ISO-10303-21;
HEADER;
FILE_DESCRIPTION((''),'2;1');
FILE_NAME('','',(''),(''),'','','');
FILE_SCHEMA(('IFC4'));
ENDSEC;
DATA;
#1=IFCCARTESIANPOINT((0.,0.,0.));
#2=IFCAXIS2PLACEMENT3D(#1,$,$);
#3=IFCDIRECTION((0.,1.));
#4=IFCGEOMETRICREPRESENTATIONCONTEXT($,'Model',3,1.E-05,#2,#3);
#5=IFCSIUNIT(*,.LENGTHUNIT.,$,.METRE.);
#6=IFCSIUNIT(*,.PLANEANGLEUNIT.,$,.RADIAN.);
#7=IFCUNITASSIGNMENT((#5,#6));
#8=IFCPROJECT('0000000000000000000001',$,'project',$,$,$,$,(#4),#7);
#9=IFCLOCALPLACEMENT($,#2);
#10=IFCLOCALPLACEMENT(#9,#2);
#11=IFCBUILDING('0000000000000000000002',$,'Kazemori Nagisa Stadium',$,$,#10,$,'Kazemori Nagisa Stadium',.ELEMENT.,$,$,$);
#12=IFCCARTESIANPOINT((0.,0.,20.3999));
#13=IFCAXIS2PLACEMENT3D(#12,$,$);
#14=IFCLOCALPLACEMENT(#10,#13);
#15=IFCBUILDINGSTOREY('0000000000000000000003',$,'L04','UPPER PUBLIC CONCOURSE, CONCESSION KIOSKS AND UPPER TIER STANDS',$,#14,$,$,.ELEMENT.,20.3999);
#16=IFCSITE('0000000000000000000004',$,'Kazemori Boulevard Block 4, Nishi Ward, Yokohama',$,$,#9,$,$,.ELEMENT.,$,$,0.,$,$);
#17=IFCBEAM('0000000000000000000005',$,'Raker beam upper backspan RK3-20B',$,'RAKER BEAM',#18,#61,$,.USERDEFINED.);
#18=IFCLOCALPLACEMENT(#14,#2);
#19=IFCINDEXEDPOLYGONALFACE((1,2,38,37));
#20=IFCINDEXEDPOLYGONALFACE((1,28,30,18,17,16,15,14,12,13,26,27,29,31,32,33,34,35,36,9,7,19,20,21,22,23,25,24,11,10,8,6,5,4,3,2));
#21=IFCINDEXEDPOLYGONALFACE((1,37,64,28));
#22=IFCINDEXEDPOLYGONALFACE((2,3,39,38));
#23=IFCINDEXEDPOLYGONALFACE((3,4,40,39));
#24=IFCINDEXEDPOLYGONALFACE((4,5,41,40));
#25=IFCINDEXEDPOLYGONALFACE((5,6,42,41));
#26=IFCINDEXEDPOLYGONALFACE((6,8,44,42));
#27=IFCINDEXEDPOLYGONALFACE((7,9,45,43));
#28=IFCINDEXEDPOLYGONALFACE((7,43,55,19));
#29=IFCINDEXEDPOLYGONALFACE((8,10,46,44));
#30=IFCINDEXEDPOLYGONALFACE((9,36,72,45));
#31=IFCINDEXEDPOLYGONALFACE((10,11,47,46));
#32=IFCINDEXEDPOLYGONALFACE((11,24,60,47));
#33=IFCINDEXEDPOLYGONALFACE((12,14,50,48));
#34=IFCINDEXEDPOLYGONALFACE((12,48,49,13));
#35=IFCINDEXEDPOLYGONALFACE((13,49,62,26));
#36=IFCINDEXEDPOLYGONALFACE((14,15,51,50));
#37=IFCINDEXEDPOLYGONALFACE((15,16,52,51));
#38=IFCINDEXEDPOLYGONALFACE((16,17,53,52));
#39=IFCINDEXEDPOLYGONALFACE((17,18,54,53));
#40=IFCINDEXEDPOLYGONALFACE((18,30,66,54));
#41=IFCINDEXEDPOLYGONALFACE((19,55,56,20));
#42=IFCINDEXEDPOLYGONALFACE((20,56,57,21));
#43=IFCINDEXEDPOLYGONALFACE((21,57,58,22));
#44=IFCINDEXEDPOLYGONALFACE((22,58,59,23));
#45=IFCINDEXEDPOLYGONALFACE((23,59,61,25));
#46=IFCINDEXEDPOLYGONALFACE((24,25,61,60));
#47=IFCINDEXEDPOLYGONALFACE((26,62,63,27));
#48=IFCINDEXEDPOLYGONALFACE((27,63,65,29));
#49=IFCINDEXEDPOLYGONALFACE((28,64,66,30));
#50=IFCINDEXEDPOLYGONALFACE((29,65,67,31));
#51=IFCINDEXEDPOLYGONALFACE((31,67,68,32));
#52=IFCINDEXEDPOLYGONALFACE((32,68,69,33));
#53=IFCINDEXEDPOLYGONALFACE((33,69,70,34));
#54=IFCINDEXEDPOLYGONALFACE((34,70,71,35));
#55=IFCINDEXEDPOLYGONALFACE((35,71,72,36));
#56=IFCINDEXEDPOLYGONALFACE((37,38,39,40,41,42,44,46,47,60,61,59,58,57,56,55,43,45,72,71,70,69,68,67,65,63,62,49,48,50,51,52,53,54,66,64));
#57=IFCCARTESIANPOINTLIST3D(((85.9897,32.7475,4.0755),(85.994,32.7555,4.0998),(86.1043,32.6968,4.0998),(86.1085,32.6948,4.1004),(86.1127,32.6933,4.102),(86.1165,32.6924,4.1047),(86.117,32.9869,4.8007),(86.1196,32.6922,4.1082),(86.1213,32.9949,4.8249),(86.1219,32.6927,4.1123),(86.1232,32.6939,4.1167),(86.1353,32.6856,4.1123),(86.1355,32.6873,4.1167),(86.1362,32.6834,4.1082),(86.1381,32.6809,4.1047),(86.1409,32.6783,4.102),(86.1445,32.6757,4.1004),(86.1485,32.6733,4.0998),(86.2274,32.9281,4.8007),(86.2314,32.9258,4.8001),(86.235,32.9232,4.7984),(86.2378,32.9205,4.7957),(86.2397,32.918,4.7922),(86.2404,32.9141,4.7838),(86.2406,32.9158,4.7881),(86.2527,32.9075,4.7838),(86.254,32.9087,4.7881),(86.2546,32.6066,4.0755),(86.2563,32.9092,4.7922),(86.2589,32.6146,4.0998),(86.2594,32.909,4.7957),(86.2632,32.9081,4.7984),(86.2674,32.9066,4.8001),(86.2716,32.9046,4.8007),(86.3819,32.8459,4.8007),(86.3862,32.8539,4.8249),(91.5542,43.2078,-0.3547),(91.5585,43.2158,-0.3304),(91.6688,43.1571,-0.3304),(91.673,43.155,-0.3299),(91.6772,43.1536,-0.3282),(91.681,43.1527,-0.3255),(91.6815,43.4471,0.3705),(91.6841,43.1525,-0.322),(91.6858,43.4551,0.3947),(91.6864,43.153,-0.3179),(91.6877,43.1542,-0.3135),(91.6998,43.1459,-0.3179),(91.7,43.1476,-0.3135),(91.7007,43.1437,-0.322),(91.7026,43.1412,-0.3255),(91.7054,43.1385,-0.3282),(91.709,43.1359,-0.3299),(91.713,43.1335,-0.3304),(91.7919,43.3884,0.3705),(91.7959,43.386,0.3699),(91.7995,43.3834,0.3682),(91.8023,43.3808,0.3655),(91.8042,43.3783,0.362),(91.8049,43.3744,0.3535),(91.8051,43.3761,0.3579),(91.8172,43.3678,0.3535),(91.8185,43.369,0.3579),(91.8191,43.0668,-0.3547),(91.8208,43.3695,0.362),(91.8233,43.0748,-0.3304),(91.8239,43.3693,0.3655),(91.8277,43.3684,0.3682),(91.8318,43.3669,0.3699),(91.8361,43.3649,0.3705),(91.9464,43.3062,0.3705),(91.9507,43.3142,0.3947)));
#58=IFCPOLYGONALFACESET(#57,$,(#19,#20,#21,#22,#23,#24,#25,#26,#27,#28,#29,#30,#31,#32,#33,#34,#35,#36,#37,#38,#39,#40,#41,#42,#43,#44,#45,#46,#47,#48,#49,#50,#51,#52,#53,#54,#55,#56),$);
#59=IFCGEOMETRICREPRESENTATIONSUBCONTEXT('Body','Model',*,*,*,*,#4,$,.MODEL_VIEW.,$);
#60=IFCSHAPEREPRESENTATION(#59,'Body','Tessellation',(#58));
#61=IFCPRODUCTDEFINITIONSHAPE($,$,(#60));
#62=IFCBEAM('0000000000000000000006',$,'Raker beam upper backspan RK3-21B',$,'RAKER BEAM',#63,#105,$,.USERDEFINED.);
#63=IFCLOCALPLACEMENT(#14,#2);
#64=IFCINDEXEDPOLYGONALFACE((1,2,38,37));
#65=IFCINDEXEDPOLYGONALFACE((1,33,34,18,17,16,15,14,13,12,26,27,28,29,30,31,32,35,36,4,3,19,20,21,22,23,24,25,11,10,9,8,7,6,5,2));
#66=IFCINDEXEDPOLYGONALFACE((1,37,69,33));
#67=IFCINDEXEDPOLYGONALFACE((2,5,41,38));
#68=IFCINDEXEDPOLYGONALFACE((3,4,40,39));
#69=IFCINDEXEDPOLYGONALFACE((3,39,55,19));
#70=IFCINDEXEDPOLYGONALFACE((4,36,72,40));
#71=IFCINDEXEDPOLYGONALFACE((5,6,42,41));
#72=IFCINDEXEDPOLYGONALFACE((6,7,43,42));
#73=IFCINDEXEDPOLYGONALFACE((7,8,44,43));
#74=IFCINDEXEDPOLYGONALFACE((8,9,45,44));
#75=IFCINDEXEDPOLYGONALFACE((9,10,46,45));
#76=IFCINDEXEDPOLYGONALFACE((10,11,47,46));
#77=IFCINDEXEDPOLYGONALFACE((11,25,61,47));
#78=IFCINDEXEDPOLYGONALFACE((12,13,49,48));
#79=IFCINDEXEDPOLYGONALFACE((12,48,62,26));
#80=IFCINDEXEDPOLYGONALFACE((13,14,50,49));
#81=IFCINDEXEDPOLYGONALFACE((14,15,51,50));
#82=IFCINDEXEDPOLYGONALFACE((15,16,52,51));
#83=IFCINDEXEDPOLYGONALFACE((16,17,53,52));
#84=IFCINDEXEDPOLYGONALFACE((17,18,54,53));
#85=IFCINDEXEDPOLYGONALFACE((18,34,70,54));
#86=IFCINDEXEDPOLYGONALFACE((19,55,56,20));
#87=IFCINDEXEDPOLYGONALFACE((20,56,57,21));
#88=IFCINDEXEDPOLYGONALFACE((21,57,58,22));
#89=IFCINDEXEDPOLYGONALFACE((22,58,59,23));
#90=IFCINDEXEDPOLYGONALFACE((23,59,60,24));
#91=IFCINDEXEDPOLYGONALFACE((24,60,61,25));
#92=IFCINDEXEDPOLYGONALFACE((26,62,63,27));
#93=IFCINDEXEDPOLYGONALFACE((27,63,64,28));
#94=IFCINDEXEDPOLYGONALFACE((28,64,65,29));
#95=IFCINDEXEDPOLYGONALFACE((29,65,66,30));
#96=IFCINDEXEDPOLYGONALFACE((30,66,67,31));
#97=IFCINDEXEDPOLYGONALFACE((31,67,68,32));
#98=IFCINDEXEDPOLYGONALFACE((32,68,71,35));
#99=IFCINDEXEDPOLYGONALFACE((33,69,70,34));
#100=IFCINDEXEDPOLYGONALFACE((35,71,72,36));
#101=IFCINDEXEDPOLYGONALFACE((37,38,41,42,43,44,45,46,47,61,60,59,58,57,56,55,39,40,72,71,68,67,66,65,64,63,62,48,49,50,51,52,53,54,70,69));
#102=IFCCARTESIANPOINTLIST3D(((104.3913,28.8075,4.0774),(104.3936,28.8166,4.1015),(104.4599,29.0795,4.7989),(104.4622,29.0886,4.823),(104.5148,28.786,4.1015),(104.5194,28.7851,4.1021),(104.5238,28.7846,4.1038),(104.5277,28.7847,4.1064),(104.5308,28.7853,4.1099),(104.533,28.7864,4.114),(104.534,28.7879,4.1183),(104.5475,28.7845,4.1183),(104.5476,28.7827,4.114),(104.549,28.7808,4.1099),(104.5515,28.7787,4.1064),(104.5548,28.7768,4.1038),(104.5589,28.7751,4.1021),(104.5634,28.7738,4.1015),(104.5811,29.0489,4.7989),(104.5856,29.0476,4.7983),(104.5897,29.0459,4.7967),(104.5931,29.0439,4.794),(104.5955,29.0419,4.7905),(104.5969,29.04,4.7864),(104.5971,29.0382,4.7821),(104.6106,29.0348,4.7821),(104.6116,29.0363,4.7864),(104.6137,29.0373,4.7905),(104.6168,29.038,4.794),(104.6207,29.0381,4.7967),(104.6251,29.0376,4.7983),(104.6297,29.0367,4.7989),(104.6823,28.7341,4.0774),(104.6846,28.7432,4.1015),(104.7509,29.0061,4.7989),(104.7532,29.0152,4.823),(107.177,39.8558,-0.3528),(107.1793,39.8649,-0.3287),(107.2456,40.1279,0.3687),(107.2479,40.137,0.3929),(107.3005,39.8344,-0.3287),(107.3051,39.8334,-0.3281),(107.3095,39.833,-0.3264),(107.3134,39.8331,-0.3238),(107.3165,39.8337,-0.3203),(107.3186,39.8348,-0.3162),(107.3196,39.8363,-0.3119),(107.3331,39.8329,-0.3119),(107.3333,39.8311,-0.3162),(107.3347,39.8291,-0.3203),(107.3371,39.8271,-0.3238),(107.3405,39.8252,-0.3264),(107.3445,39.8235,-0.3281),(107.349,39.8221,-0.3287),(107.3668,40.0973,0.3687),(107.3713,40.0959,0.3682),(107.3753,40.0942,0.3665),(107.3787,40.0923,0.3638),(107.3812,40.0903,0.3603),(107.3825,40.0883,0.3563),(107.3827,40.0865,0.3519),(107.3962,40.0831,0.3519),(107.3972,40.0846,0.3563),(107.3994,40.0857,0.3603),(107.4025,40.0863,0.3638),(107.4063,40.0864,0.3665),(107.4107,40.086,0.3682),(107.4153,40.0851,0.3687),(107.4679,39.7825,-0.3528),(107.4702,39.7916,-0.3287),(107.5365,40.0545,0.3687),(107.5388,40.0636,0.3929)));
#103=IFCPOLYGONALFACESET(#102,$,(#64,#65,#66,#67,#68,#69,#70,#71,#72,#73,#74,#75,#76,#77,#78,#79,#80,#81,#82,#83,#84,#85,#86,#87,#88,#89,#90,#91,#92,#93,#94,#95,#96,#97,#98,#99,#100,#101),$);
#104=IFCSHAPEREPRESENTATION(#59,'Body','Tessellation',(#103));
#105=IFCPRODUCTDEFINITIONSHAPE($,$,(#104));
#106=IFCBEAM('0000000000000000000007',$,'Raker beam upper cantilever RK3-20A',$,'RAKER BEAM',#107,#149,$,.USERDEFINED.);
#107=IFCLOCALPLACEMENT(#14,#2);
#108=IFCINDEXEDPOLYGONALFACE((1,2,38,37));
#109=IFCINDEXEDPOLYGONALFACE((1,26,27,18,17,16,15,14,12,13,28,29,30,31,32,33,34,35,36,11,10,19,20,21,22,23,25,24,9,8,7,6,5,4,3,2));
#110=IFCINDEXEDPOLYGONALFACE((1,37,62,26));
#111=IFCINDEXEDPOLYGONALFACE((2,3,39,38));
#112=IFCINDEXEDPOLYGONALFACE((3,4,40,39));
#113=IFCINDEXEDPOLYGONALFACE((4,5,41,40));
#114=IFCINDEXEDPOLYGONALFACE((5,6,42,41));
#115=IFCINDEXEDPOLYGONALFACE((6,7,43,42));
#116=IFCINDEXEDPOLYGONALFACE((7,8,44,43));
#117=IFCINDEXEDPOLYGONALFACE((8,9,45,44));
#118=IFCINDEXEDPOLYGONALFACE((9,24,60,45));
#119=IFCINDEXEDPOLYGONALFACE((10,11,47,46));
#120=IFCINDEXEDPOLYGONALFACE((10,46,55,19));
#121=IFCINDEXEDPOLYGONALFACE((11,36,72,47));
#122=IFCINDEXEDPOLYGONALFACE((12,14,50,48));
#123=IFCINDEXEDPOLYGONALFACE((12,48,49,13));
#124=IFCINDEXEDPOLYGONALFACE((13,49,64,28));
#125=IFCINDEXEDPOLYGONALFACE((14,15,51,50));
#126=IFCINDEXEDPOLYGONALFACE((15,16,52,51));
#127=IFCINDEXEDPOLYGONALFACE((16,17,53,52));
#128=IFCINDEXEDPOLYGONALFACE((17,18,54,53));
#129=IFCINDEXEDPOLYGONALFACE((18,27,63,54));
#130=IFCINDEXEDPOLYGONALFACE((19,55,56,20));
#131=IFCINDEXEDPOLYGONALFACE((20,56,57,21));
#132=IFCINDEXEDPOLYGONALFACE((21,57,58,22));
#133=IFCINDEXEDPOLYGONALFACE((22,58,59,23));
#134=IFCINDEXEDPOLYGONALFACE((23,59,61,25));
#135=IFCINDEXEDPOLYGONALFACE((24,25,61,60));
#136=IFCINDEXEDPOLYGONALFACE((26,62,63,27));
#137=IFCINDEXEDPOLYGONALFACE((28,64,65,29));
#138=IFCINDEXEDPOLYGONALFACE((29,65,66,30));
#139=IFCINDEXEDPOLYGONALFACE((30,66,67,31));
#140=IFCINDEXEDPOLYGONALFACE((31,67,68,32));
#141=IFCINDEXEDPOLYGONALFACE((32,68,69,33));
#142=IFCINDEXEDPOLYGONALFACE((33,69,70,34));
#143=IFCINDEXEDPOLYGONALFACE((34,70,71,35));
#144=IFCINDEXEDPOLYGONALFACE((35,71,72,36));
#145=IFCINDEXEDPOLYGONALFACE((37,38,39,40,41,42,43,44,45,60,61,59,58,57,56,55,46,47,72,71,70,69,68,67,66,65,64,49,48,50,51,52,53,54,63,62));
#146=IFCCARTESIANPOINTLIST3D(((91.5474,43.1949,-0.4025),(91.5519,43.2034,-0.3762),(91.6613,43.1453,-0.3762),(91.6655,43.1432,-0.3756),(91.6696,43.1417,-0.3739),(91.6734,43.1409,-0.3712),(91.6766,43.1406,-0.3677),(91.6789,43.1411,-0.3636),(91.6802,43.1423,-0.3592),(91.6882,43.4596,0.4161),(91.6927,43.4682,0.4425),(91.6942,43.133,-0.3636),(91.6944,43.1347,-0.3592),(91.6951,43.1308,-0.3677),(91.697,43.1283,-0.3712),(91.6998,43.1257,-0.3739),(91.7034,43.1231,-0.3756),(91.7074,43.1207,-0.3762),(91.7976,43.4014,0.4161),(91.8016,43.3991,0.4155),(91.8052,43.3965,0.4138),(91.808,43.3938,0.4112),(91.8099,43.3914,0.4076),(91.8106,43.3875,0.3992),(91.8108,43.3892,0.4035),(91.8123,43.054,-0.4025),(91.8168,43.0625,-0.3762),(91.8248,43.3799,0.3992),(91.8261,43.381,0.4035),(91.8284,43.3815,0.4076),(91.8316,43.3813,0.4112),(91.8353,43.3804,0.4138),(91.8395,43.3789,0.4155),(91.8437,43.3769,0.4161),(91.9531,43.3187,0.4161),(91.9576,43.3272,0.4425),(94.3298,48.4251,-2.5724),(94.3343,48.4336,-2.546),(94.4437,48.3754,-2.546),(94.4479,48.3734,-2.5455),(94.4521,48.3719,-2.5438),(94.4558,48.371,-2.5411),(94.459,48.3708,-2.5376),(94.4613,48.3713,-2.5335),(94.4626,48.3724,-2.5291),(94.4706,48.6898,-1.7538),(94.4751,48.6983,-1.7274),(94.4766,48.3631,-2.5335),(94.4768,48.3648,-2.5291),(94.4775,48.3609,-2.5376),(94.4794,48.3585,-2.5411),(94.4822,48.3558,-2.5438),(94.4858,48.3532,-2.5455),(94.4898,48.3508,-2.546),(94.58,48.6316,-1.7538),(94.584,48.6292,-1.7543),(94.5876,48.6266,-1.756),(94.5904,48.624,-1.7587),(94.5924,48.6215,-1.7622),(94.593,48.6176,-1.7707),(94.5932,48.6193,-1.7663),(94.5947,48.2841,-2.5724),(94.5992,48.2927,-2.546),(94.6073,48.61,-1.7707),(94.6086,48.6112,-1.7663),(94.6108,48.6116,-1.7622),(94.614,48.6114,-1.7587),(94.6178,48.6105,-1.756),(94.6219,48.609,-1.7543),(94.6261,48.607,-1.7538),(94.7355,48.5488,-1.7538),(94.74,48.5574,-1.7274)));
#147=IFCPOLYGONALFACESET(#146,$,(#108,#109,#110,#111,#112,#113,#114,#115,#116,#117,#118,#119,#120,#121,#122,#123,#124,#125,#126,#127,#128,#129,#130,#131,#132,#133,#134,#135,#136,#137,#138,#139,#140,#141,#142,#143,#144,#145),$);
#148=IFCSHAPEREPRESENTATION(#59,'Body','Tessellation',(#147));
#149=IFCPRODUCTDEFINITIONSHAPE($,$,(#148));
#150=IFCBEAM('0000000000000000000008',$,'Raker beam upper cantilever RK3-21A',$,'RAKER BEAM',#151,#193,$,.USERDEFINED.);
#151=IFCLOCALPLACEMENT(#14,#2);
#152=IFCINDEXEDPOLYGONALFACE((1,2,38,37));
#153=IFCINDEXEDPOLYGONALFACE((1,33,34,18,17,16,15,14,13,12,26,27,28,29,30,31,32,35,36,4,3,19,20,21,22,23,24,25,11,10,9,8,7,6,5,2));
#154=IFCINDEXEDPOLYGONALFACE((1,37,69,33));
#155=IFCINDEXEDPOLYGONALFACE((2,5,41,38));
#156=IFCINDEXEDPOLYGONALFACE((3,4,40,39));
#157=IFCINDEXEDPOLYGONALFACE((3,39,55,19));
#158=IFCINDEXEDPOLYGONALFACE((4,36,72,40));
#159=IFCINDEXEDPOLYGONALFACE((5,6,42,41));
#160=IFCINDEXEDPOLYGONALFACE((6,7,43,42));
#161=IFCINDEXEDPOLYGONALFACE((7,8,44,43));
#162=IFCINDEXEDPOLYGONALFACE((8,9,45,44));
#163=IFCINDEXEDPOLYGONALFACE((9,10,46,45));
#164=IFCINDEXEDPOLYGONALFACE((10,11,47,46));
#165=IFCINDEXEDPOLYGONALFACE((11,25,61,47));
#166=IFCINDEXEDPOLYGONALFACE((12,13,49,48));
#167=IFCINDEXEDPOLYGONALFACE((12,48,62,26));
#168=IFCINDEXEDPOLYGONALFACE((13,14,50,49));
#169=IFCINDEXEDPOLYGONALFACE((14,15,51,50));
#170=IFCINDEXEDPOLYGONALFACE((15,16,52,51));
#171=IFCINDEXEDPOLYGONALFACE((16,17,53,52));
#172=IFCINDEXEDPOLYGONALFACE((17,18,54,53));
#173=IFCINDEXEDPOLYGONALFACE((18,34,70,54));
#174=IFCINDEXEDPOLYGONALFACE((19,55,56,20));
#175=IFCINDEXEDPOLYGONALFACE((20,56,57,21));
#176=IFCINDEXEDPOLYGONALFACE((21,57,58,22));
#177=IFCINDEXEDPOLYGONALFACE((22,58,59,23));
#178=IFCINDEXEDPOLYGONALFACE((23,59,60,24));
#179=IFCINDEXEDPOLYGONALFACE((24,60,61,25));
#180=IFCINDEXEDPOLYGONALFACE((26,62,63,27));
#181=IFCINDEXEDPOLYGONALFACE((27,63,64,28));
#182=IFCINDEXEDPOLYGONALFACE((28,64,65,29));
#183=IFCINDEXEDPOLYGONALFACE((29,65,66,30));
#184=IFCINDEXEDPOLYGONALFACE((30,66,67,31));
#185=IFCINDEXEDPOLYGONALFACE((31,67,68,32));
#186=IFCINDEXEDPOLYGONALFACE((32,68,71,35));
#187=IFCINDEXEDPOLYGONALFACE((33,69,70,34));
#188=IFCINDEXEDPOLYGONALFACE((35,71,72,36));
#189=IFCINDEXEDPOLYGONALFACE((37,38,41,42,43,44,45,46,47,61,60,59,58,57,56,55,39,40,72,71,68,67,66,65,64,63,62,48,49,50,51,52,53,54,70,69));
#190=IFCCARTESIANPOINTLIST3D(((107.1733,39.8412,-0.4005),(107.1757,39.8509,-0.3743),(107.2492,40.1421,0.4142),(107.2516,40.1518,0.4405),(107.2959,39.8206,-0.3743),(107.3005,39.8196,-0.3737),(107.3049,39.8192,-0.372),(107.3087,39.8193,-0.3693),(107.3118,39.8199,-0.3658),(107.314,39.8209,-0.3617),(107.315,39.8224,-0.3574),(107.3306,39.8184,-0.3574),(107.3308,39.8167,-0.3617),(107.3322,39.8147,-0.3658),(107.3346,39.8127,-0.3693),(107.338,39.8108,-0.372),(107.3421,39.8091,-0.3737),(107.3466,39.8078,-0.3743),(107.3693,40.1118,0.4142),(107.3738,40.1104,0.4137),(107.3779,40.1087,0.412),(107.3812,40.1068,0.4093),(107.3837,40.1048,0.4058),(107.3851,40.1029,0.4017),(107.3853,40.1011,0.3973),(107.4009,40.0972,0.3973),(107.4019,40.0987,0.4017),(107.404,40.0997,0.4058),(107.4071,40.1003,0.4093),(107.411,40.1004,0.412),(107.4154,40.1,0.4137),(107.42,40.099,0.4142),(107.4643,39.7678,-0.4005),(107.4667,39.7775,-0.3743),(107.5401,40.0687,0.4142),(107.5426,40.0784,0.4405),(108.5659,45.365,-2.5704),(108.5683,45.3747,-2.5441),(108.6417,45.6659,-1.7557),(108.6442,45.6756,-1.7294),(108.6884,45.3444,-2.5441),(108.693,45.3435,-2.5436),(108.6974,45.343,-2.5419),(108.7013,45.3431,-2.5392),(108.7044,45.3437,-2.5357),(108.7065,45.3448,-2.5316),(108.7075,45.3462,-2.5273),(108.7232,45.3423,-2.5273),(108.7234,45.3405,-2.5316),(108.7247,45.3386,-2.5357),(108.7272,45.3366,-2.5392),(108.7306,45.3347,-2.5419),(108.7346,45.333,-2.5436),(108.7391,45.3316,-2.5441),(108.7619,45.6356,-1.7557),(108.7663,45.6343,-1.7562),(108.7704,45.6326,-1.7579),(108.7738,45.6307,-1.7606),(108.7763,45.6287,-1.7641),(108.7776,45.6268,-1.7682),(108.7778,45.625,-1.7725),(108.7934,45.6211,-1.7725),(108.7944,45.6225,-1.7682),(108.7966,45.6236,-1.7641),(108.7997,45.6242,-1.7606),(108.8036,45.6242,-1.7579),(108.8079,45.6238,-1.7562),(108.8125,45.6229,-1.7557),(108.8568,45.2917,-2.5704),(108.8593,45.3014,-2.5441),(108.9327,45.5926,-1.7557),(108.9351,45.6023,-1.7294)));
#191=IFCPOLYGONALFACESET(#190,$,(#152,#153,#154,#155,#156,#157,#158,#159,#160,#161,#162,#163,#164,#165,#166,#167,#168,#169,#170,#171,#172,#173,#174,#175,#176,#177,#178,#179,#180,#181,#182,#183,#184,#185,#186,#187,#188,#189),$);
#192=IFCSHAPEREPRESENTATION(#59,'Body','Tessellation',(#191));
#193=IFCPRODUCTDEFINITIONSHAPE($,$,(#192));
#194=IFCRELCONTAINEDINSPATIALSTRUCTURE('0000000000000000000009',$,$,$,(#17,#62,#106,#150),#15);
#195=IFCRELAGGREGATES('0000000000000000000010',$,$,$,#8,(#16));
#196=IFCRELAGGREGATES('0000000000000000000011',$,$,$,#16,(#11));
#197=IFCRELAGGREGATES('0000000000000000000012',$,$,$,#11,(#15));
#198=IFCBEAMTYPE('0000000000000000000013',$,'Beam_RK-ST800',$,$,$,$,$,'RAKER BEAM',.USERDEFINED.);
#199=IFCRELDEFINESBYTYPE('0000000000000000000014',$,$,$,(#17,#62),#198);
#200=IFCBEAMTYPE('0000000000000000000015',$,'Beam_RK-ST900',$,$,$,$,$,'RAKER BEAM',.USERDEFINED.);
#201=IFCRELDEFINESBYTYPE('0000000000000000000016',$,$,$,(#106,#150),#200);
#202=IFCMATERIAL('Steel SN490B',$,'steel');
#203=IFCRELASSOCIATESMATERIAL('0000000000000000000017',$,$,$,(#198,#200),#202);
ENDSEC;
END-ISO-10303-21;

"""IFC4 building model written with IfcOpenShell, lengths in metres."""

from ifc_helpers import new_model, si_unit, direction, frame, origin, origin_2d, place, context, subcontext, project, spatial, i_section, extrude, material, material_profile, profile_set, type_object, element, save


model = new_model("IFC4")

# Units and contexts
model_context = context("Model", 3, precision=1e-05, world=origin(), true_north=direction((0.0, 1.0)))
body_context = subcontext(model_context, "Body", "Model", "MODEL_VIEW")
ifc_project = project(units=[si_unit("LENGTHUNIT", "METRE"), si_unit("PLANEANGLEUNIT", "RADIAN")], contexts=[model_context])

# Site, building, storey
site_placement = place(None, origin())
site = spatial("IfcSite", under=ifc_project, at=site_placement, Name="Kazemori Boulevard Block 4, Nishi Ward, Yokohama", CompositionType="ELEMENT", RefElevation=0.0)
building_placement = place(site_placement, origin())
building = spatial("IfcBuilding", under=site, at=building_placement, Name="Kazemori Nagisa Stadium", LongName="Kazemori Nagisa Stadium", CompositionType="ELEMENT")
storey_placement = place(building_placement, frame((0.0, 0.0, 20.3999)))
storey = spatial("IfcBuildingStorey", under=building, at=storey_placement, Name="L04", Description="UPPER PUBLIC CONCOURSE, CONCESSION KIOSKS AND UPPER TIER STANDS", CompositionType="ELEMENT", Elevation=20.3999)

# Beams
ifc_material_1 = material(Name="Steel SN490B", Category="steel")
ifc_material_profile_1 = material_profile(ifc_material_1, i_section(OverallWidth=0.3, OverallDepth=0.8, WebThickness=0.0139, FlangeThickness=0.0259, FilletRadius=0.0181, at=origin_2d()), Name="H-800x300x14x26")
ifc_profile_set_1 = profile_set([ifc_material_profile_1], Name="Steel SN490B")
beam_type_1 = type_object("IfcBeamType", Name="Beam_RK-ST800", ElementType="RAKER BEAM", PredefinedType="USERDEFINED", material=ifc_profile_set_1)
beam_1_placement = place(storey_placement, frame((91.7524, 43.261, 0.02), z_axis=(-0.439901, -0.826938, 0.35023), x_axis=(0.882854, -0.469647, 0.0)))
element("IfcBeam", 1, at=beam_1_placement, inside=storey, type_object=beam_type_1, Name="Raker beam upper backspan RK3-20B", ObjectType="RAKER BEAM", PredefinedType="USERDEFINED", context=body_context, shape_type="SweptSolid", body=[
    extrude(i_section(OverallWidth=0.3, OverallDepth=0.8, WebThickness=0.0139, FlangeThickness=0.0259, FilletRadius=0.0181, at=origin_2d()), origin(), (0.0, 0.0, 1.0), 12.6494),
])
beam_2_placement = place(storey_placement, frame((107.3579, 39.9597, 0.02), z_axis=(-0.227863, -0.903745, 0.362385), x_axis=(0.969654, -0.244481, 0.0)))
element("IfcBeam", 2, at=beam_2_placement, inside=storey, type_object=beam_type_1, Name="Raker beam upper backspan RK3-21B", ObjectType="RAKER BEAM", PredefinedType="USERDEFINED", context=body_context, shape_type="SweptSolid", body=[
    extrude(i_section(OverallWidth=0.3, OverallDepth=0.8, WebThickness=0.0139, FlangeThickness=0.0259, FilletRadius=0.0181, at=origin_2d()), origin(), (0.0, 0.0, 1.0), 12.2251),
])
ifc_material_profile_2 = material_profile(ifc_material_1, i_section(OverallWidth=0.3, OverallDepth=0.8999, WebThickness=0.0161, FlangeThickness=0.0281, FilletRadius=0.0181, at=origin_2d()), Name="H-900x300x16x28")
ifc_profile_set_2 = profile_set([ifc_material_profile_2], Name="Steel SN490B")
beam_type_2 = type_object("IfcBeamType", Name="Beam_RK-ST900", ElementType="RAKER BEAM", PredefinedType="USERDEFINED", material=ifc_profile_set_2)
beam_3_placement = place(storey_placement, frame((94.5349, 48.4912, -2.1499), z_axis=(-0.441018, -0.828984, 0.34393), x_axis=(0.882842, -0.46967, 0.0)))
element("IfcBeam", 3, at=beam_3_placement, inside=storey, type_object=beam_type_2, Name="Raker beam upper cantilever RK3-20A", ObjectType="RAKER BEAM", PredefinedType="USERDEFINED", context=body_context, shape_type="SweptSolid", body=[
    extrude(i_section(OverallWidth=0.3, OverallDepth=0.8999, WebThickness=0.0161, FlangeThickness=0.0281, FilletRadius=0.0181, at=origin_2d()), origin(), (0.0, 0.0, 1.0), 6.3091),
])
beam_4_placement = place(storey_placement, frame((108.7505, 45.4836, -2.1499), z_axis=(-0.22844, -0.906151, 0.355957), x_axis=(0.969662, -0.244451, 0.0)))
element("IfcBeam", 4, at=beam_4_placement, inside=storey, type_object=beam_type_2, Name="Raker beam upper cantilever RK3-21A", ObjectType="RAKER BEAM", PredefinedType="USERDEFINED", context=body_context, shape_type="SweptSolid", body=[
    extrude(i_section(OverallWidth=0.3, OverallDepth=0.8999, WebThickness=0.0161, FlangeThickness=0.0281, FilletRadius=0.0181, at=origin_2d()), origin(), (0.0, 0.0, 1.0), 6.0959),
])

save(model, "model.ifc")
